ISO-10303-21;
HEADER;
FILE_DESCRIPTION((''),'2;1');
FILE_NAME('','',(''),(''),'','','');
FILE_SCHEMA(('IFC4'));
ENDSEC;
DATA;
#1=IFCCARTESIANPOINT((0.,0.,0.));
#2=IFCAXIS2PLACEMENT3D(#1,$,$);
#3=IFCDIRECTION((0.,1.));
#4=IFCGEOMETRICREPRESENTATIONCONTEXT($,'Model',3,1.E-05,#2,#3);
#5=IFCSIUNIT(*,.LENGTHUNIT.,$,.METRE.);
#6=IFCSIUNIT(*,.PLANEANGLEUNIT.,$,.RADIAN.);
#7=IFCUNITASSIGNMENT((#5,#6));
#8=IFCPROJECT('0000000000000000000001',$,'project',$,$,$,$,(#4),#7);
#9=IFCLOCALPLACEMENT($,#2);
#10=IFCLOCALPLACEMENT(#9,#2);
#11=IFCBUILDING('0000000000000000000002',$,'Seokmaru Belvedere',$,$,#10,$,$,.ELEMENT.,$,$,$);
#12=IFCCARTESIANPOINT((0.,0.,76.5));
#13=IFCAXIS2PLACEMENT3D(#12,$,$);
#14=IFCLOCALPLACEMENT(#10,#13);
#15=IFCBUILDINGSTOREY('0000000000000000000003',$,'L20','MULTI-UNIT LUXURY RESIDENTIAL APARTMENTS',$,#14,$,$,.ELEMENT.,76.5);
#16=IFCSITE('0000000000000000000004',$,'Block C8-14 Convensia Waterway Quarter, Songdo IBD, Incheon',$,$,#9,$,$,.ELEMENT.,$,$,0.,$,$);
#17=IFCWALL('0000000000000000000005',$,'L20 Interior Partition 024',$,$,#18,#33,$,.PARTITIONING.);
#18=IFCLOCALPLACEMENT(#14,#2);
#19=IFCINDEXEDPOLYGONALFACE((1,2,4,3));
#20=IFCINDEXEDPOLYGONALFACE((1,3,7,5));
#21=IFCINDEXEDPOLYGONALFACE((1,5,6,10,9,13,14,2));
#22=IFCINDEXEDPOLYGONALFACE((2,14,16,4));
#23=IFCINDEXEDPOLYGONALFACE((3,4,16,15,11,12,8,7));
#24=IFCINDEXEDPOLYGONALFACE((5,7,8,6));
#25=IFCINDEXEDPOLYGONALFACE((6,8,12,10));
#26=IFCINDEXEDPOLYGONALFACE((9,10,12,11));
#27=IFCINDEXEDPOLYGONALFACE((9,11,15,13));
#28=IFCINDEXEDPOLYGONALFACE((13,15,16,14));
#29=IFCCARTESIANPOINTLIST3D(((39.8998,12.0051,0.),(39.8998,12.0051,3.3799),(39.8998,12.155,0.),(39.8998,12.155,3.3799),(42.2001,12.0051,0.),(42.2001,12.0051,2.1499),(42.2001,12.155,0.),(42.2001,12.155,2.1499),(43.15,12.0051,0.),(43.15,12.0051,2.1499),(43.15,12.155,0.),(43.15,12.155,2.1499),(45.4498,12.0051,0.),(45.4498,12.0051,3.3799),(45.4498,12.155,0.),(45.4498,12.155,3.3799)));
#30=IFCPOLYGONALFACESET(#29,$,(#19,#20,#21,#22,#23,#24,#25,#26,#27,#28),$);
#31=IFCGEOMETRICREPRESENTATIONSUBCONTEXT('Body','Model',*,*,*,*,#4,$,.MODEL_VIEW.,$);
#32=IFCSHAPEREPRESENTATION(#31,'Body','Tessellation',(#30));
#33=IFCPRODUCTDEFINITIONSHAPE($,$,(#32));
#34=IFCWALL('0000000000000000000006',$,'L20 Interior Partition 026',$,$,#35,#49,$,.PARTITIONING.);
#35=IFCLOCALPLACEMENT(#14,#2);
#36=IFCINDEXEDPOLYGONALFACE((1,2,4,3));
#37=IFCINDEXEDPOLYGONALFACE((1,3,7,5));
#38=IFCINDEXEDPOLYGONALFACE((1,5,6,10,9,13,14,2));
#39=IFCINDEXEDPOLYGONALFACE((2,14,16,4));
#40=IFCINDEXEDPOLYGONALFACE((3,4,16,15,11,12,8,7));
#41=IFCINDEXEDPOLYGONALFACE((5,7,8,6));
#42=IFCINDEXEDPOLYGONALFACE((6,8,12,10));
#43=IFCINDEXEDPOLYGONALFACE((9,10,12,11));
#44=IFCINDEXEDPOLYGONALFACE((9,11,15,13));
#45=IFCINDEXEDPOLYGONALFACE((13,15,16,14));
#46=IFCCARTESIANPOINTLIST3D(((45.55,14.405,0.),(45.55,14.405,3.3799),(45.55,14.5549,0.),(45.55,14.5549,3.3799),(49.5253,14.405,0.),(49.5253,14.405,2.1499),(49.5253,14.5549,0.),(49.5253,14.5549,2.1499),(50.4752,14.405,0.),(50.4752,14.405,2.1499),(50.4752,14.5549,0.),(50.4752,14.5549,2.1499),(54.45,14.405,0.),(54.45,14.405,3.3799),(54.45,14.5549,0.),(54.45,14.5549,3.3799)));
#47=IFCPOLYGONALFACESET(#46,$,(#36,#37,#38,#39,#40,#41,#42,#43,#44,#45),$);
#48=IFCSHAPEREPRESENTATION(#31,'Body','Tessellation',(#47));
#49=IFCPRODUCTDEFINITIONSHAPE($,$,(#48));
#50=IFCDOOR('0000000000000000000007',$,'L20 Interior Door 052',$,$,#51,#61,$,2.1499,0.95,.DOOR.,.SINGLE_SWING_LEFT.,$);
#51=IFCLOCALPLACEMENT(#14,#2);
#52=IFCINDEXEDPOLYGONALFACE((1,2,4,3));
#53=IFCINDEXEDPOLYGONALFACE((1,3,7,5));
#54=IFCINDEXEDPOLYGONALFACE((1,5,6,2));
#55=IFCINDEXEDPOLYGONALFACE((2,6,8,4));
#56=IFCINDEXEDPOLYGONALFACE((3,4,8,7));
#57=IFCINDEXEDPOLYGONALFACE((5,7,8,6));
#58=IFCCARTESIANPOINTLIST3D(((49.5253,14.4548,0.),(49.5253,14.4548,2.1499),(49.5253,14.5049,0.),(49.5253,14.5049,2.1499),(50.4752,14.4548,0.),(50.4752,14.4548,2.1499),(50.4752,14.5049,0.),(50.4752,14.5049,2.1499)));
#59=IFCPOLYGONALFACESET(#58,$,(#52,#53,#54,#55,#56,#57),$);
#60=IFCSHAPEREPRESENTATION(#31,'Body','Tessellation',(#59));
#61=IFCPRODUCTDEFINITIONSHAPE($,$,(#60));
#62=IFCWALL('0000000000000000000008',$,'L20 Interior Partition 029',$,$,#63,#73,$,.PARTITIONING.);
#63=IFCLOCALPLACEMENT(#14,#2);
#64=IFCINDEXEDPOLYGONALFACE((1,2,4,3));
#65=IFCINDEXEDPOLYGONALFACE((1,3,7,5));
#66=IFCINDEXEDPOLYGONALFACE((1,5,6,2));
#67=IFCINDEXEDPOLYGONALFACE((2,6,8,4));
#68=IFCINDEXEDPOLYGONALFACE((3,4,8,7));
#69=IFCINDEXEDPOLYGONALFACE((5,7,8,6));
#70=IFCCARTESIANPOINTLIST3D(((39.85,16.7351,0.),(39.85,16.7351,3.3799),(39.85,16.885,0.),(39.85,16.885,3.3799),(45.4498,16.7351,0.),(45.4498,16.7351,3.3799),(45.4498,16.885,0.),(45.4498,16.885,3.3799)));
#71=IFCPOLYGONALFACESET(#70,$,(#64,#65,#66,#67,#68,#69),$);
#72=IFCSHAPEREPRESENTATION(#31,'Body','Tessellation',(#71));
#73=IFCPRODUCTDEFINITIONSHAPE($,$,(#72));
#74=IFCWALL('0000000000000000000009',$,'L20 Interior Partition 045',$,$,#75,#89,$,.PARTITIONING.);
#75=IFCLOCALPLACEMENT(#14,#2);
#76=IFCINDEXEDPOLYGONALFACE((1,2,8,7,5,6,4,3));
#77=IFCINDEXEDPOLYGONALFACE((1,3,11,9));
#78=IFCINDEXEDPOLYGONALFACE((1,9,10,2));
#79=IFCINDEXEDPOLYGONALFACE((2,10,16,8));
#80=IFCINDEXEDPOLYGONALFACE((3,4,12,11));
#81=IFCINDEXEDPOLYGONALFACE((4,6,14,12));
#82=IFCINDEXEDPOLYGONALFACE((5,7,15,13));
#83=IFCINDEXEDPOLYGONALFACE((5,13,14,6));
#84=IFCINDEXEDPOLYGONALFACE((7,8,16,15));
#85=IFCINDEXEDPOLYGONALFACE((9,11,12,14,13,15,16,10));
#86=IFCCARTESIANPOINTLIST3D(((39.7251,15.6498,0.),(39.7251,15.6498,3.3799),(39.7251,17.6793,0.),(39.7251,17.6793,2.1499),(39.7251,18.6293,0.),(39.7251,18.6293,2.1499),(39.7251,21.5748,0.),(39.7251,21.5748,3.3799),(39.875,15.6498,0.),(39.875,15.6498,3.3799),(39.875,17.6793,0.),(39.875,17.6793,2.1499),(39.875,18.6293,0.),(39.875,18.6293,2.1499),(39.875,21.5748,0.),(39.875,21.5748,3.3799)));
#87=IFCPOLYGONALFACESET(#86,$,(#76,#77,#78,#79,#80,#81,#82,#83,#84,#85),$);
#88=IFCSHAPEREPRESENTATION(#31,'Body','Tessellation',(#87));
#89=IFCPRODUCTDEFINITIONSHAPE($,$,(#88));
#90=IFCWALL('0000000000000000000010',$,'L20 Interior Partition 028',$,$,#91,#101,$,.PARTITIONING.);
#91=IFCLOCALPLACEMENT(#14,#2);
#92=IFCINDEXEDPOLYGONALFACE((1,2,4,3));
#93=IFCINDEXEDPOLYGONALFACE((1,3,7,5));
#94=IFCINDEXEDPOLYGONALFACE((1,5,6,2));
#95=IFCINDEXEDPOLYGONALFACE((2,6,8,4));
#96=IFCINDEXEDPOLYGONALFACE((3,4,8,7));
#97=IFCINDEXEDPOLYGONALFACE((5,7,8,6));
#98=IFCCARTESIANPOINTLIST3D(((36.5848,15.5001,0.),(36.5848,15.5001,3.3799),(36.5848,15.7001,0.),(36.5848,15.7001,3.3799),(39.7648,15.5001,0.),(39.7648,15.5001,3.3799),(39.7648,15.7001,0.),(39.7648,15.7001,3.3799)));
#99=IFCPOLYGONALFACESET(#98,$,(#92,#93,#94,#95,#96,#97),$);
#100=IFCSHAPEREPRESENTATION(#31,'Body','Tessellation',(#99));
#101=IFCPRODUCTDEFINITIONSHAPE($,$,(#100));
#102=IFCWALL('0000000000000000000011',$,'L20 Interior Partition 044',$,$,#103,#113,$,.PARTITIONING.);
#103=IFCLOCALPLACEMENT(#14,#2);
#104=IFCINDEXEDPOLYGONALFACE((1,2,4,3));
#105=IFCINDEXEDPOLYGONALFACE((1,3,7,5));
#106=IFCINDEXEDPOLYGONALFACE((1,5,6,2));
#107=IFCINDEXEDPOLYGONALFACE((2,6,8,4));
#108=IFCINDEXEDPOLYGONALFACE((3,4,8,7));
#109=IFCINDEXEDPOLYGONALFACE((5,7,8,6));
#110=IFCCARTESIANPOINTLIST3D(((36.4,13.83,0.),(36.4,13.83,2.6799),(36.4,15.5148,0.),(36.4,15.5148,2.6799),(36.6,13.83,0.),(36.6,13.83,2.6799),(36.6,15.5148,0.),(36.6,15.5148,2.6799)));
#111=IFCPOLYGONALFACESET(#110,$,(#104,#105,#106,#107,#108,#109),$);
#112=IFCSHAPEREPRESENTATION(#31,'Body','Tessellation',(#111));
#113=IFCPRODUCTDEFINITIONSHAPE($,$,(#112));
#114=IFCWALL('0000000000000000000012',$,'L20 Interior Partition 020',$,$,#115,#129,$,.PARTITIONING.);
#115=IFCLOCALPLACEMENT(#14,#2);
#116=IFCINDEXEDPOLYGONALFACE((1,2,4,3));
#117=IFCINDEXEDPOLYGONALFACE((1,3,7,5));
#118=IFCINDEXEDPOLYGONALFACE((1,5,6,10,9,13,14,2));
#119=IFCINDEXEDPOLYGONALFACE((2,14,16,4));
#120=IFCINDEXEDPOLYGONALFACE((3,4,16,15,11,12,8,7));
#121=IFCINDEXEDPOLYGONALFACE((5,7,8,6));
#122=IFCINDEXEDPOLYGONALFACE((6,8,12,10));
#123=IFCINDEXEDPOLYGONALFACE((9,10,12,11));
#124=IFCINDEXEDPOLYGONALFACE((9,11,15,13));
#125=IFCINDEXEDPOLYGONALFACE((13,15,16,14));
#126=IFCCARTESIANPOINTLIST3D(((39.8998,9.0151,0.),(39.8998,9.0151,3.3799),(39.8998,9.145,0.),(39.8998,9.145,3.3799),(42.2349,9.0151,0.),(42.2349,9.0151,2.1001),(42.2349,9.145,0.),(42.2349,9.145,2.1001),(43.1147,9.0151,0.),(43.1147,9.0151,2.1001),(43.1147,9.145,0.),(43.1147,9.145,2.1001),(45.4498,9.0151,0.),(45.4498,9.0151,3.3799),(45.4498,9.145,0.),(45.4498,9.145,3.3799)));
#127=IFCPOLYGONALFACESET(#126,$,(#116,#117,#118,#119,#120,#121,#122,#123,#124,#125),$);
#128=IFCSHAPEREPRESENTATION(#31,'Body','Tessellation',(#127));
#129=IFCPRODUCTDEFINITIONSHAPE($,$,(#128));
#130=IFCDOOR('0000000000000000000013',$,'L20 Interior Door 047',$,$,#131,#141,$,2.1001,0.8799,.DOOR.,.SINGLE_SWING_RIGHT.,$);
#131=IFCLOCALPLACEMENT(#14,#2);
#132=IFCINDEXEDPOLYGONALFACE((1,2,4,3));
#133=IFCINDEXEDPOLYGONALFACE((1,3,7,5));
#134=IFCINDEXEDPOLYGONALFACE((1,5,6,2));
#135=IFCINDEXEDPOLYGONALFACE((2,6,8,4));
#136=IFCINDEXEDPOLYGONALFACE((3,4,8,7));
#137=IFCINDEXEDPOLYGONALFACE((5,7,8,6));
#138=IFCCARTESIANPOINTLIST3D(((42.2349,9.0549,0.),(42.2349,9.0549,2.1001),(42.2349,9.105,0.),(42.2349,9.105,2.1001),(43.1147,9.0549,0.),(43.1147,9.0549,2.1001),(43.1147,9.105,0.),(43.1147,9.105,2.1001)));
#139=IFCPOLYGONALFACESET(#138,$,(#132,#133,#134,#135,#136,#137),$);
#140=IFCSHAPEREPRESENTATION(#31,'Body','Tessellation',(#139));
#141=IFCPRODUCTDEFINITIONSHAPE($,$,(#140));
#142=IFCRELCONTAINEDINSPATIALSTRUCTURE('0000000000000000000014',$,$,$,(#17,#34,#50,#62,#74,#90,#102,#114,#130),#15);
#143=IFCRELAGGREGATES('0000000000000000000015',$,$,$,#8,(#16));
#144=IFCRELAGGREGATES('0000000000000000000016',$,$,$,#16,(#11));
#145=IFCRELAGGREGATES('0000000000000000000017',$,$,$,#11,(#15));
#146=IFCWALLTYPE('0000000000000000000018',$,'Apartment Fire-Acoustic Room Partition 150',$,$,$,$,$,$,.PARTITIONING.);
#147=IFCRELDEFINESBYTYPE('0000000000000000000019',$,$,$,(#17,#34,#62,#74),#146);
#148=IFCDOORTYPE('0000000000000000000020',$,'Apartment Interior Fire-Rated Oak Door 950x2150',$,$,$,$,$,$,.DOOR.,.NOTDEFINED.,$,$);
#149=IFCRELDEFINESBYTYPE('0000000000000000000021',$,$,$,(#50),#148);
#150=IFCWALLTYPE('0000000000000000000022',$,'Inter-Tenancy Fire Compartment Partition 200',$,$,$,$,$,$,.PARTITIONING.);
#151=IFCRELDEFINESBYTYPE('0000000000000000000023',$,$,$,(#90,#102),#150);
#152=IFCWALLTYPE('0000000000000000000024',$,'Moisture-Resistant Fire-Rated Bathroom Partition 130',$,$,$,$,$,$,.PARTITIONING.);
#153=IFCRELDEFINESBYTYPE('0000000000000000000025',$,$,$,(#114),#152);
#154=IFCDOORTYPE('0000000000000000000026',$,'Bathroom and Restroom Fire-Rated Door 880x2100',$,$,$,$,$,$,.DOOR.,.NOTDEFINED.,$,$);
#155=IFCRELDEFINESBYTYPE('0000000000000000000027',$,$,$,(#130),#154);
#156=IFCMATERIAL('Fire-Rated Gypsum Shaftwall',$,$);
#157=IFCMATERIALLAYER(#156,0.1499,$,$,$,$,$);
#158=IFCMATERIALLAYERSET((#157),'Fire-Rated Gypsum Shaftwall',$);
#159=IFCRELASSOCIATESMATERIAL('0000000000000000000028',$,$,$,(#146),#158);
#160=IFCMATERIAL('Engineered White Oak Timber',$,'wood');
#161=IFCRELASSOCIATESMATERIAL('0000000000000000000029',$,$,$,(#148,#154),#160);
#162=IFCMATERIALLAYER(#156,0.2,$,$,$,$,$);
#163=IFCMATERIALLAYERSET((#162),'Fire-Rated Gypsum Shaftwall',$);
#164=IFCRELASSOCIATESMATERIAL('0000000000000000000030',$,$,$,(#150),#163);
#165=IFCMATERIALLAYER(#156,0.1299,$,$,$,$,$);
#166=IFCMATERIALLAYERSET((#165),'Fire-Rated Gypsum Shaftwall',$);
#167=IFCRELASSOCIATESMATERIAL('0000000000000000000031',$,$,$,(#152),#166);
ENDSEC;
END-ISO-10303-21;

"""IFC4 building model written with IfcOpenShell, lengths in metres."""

from ifc_helpers import new_model, si_unit, direction, frame, frame_2d, origin, place, context, subcontext, project, spatial, rectangle, extrude, source, transform, mapped, material, layer, layer_set, type_object, type_shapes, element, fill, save


model = new_model("IFC4")

# Units and contexts
model_context = context("Model", 3, precision=1e-05, world=origin(), true_north=direction((0.0, 1.0)))
body_context = subcontext(model_context, "Body", "Model", "MODEL_VIEW")
ifc_project = project(units=[si_unit("LENGTHUNIT", "METRE"), si_unit("PLANEANGLEUNIT", "RADIAN")], contexts=[model_context])

# Site, building, storey
site_placement = place(None, origin())
site = spatial("IfcSite", under=ifc_project, at=site_placement, Name="Block C8-14 Convensia Waterway Quarter, Songdo IBD, Incheon", CompositionType="ELEMENT", RefElevation=0.0)
building_placement = place(site_placement, origin())
building = spatial("IfcBuilding", under=site, at=building_placement, Name="Seokmaru Belvedere", CompositionType="ELEMENT")
storey_placement = place(building_placement, frame((0.0, 0.0, 76.5)))
storey = spatial("IfcBuildingStorey", under=building, at=storey_placement, Name="L20", Description="MULTI-UNIT LUXURY RESIDENTIAL APARTMENTS", CompositionType="ELEMENT", Elevation=76.5)

# Wall, opening
ifc_material_1 = material(Name="Fire-Rated Gypsum Shaftwall")
ifc_layer_1 = layer(ifc_material_1, 0.1499)
ifc_layer_set_1 = layer_set([ifc_layer_1], Name="Fire-Rated Gypsum Shaftwall")
wall_type_1 = type_object("IfcWallType", Name="Apartment Fire-Acoustic Room Partition 150", PredefinedType="PARTITIONING", material=ifc_layer_set_1)
wall_1_placement = place(storey_placement, frame((39.8999, 12.0801, 0.0), z_axis=(0.0, 0.0, 1.0), x_axis=(1.0, 0.0, 0.0)))
wall_1 = element("IfcWall", 1, at=wall_1_placement, inside=storey, type_object=wall_type_1, Name="L20 Interior Partition 024", PredefinedType="PARTITIONING", context=body_context, shape_type="SweptSolid", body=[
    extrude(rectangle(XDim=5.55, YDim=0.1499, at=frame_2d((2.7749, 0.0))), origin(), (0.0, 0.0, 1.0), 3.3799),
])
opening_1_placement = place(wall_1_placement, frame((2.3, 0.0, 0.0)))
element("IfcOpeningElement", 2, at=opening_1_placement, cuts=wall_1, PredefinedType="OPENING", context=body_context, shape_type="SweptSolid", body=[
    extrude(rectangle(XDim=0.95, YDim=2.1499, at=frame_2d((0.4751, 1.075))), frame((0.0, 0.085, 0.0), z_axis=(0.0, -1.0, 0.0), x_axis=(1.0, 0.0, 0.0)), (0.0, 0.0, 1.0), 0.1699),
])

# Wall, opening, door
wall_2_placement = place(storey_placement, frame((45.55, 14.48, 0.0), z_axis=(0.0, 0.0, 1.0), x_axis=(1.0, 0.0, 0.0)))
wall_2 = element("IfcWall", 3, at=wall_2_placement, inside=storey, type_object=wall_type_1, Name="L20 Interior Partition 026", PredefinedType="PARTITIONING", context=body_context, shape_type="SweptSolid", body=[
    extrude(rectangle(XDim=8.8999, YDim=0.1499, at=frame_2d((4.45, 0.0))), origin(), (0.0, 0.0, 1.0), 3.3799),
])
opening_2_placement = place(wall_2_placement, frame((3.9751, 0.0, 0.0)))
opening_2 = element("IfcOpeningElement", 4, at=opening_2_placement, cuts=wall_2, PredefinedType="OPENING", context=body_context, shape_type="SweptSolid", body=[
    extrude(rectangle(XDim=0.95, YDim=2.1499, at=frame_2d((0.4751, 1.075))), frame((0.0, 0.085, 0.0), z_axis=(0.0, -1.0, 0.0), x_axis=(1.0, 0.0, 0.0)), (0.0, 0.0, 1.0), 0.1699),
])
ifc_material_2 = material(Name="Engineered White Oak Timber", Category="wood")
door_type_1 = type_object("IfcDoorType", Name="Apartment Interior Fire-Rated Oak Door 950x2150", OperationType="NOTDEFINED", PredefinedType="DOOR", material=ifc_material_2)
shared_shape_1 = source(origin(), body_context, "Body", "SweptSolid", [
    extrude(rectangle(XDim=0.95, YDim=2.1499, at=frame_2d((0.4751, 1.075))), frame((0.0, 0.0249, 0.0), z_axis=(0.0, -1.0, 0.0), x_axis=(1.0, 0.0, 0.0)), (0.0, 0.0, 1.0), 0.05),
])
type_shapes(door_type_1, [shared_shape_1])
door_1_placement = place(opening_2_placement, origin())
door_1 = element("IfcDoor", 5, at=door_1_placement, inside=storey, type_object=door_type_1, Name="L20 Interior Door 052", OperationType="SINGLE_SWING_LEFT", OverallHeight=2.1499, OverallWidth=0.95, PredefinedType="DOOR", context=body_context, shape_type="MappedRepresentation", body=[
    mapped(shared_shape_1, transform((0.0, 0.0, 0.0), scale=1.0)),
])
fill(opening_2, door_1)

# Wall
wall_3_placement = place(storey_placement, frame((39.8501, 16.8101, 0.0), z_axis=(0.0, 0.0, 1.0), x_axis=(1.0, 0.0, 0.0)))
element("IfcWall", 6, at=wall_3_placement, inside=storey, type_object=wall_type_1, Name="L20 Interior Partition 029", PredefinedType="PARTITIONING", context=body_context, shape_type="SweptSolid", body=[
    extrude(rectangle(XDim=5.5999, YDim=0.1499, at=frame_2d((2.7998, 0.0))), origin(), (0.0, 0.0, 1.0), 3.3799),
])

# Wall, opening
wall_4_placement = place(storey_placement, frame((39.8, 15.6499, 0.0), z_axis=(0.0, 0.0, 1.0), x_axis=(0.0, 1.0, 0.0)))
wall_4 = element("IfcWall", 7, at=wall_4_placement, inside=storey, type_object=wall_type_1, Name="L20 Interior Partition 045", PredefinedType="PARTITIONING", context=body_context, shape_type="SweptSolid", body=[
    extrude(rectangle(XDim=5.925, YDim=0.1499, at=frame_2d((2.9624, 0.0))), origin(), (0.0, 0.0, 1.0), 3.3799),
])
opening_3_placement = place(wall_4_placement, frame((2.0293, 0.0, 0.0)))
element("IfcOpeningElement", 8, at=opening_3_placement, cuts=wall_4, PredefinedType="OPENING", context=body_context, shape_type="SweptSolid", body=[
    extrude(rectangle(XDim=0.95, YDim=2.1499, at=frame_2d((0.4751, 1.075))), frame((0.0, 0.085, 0.0), z_axis=(0.0, -1.0, 0.0), x_axis=(1.0, 0.0, 0.0)), (0.0, 0.0, 1.0), 0.1699),
])

# Walls
ifc_layer_2 = layer(ifc_material_1, 0.2)
ifc_layer_set_2 = layer_set([ifc_layer_2], Name="Fire-Rated Gypsum Shaftwall")
wall_type_2 = type_object("IfcWallType", Name="Inter-Tenancy Fire Compartment Partition 200", PredefinedType="PARTITIONING", material=ifc_layer_set_2)
wall_5_placement = place(storey_placement, frame((36.585, 15.6001, 0.0), z_axis=(0.0, 0.0, 1.0), x_axis=(1.0, 0.0, 0.0)))
element("IfcWall", 9, at=wall_5_placement, inside=storey, type_object=wall_type_2, Name="L20 Interior Partition 028", PredefinedType="PARTITIONING", context=body_context, shape_type="SweptSolid", body=[
    extrude(rectangle(XDim=3.1799, YDim=0.2, at=frame_2d((1.5898, 0.0))), origin(), (0.0, 0.0, 1.0), 3.3799),
])
wall_6_placement = place(storey_placement, frame((36.5, 13.8301, 0.0), z_axis=(0.0, 0.0, 1.0), x_axis=(0.0, 1.0, 0.0)))
element("IfcWall", 10, at=wall_6_placement, inside=storey, type_object=wall_type_2, Name="L20 Interior Partition 044", PredefinedType="PARTITIONING", context=body_context, shape_type="SweptSolid", body=[
    extrude(rectangle(XDim=1.6848, YDim=0.2, at=frame_2d((0.8423, 0.0))), origin(), (0.0, 0.0, 1.0), 2.6799),
])

# Wall, opening, door
ifc_layer_3 = layer(ifc_material_1, 0.1299)
ifc_layer_set_3 = layer_set([ifc_layer_3], Name="Fire-Rated Gypsum Shaftwall")
wall_type_3 = type_object("IfcWallType", Name="Moisture-Resistant Fire-Rated Bathroom Partition 130", PredefinedType="PARTITIONING", material=ifc_layer_set_3)
wall_7_placement = place(storey_placement, frame((39.8999, 9.0801, 0.0), z_axis=(0.0, 0.0, 1.0), x_axis=(1.0, 0.0, 0.0)))
wall_7 = element("IfcWall", 11, at=wall_7_placement, inside=storey, type_object=wall_type_3, Name="L20 Interior Partition 020", PredefinedType="PARTITIONING", context=body_context, shape_type="SweptSolid", body=[
    extrude(rectangle(XDim=5.55, YDim=0.1299, at=frame_2d((2.7749, 0.0))), origin(), (0.0, 0.0, 1.0), 3.3799),
])
opening_4_placement = place(wall_7_placement, frame((2.335, 0.0, 0.0)))
opening_4 = element("IfcOpeningElement", 12, at=opening_4_placement, cuts=wall_7, PredefinedType="OPENING", context=body_context, shape_type="SweptSolid", body=[
    extrude(rectangle(XDim=0.8799, YDim=2.1001, at=frame_2d((0.4399, 1.05))), frame((0.0, 0.075, 0.0), z_axis=(0.0, -1.0, 0.0), x_axis=(1.0, 0.0, 0.0)), (0.0, 0.0, 1.0), 0.1499),
])
door_type_2 = type_object("IfcDoorType", Name="Bathroom and Restroom Fire-Rated Door 880x2100", OperationType="NOTDEFINED", PredefinedType="DOOR", material=ifc_material_2)
shared_shape_2 = source(origin(), body_context, "Body", "SweptSolid", [
    extrude(rectangle(XDim=0.8799, YDim=2.1001, at=frame_2d((0.4399, 1.05))), frame((0.0, 0.0249, 0.0), z_axis=(0.0, -1.0, 0.0), x_axis=(1.0, 0.0, 0.0)), (0.0, 0.0, 1.0), 0.05),
])
type_shapes(door_type_2, [shared_shape_2])
door_2_placement = place(opening_4_placement, origin())
door_2 = element("IfcDoor", 13, at=door_2_placement, inside=storey, type_object=door_type_2, Name="L20 Interior Door 047", OperationType="SINGLE_SWING_RIGHT", OverallHeight=2.1001, OverallWidth=0.8799, PredefinedType="DOOR", context=body_context, shape_type="MappedRepresentation", body=[
    mapped(shared_shape_2, transform((0.0, 0.0, 0.0), scale=1.0)),
])
fill(opening_4, door_2)

save(model, "model.ifc")
